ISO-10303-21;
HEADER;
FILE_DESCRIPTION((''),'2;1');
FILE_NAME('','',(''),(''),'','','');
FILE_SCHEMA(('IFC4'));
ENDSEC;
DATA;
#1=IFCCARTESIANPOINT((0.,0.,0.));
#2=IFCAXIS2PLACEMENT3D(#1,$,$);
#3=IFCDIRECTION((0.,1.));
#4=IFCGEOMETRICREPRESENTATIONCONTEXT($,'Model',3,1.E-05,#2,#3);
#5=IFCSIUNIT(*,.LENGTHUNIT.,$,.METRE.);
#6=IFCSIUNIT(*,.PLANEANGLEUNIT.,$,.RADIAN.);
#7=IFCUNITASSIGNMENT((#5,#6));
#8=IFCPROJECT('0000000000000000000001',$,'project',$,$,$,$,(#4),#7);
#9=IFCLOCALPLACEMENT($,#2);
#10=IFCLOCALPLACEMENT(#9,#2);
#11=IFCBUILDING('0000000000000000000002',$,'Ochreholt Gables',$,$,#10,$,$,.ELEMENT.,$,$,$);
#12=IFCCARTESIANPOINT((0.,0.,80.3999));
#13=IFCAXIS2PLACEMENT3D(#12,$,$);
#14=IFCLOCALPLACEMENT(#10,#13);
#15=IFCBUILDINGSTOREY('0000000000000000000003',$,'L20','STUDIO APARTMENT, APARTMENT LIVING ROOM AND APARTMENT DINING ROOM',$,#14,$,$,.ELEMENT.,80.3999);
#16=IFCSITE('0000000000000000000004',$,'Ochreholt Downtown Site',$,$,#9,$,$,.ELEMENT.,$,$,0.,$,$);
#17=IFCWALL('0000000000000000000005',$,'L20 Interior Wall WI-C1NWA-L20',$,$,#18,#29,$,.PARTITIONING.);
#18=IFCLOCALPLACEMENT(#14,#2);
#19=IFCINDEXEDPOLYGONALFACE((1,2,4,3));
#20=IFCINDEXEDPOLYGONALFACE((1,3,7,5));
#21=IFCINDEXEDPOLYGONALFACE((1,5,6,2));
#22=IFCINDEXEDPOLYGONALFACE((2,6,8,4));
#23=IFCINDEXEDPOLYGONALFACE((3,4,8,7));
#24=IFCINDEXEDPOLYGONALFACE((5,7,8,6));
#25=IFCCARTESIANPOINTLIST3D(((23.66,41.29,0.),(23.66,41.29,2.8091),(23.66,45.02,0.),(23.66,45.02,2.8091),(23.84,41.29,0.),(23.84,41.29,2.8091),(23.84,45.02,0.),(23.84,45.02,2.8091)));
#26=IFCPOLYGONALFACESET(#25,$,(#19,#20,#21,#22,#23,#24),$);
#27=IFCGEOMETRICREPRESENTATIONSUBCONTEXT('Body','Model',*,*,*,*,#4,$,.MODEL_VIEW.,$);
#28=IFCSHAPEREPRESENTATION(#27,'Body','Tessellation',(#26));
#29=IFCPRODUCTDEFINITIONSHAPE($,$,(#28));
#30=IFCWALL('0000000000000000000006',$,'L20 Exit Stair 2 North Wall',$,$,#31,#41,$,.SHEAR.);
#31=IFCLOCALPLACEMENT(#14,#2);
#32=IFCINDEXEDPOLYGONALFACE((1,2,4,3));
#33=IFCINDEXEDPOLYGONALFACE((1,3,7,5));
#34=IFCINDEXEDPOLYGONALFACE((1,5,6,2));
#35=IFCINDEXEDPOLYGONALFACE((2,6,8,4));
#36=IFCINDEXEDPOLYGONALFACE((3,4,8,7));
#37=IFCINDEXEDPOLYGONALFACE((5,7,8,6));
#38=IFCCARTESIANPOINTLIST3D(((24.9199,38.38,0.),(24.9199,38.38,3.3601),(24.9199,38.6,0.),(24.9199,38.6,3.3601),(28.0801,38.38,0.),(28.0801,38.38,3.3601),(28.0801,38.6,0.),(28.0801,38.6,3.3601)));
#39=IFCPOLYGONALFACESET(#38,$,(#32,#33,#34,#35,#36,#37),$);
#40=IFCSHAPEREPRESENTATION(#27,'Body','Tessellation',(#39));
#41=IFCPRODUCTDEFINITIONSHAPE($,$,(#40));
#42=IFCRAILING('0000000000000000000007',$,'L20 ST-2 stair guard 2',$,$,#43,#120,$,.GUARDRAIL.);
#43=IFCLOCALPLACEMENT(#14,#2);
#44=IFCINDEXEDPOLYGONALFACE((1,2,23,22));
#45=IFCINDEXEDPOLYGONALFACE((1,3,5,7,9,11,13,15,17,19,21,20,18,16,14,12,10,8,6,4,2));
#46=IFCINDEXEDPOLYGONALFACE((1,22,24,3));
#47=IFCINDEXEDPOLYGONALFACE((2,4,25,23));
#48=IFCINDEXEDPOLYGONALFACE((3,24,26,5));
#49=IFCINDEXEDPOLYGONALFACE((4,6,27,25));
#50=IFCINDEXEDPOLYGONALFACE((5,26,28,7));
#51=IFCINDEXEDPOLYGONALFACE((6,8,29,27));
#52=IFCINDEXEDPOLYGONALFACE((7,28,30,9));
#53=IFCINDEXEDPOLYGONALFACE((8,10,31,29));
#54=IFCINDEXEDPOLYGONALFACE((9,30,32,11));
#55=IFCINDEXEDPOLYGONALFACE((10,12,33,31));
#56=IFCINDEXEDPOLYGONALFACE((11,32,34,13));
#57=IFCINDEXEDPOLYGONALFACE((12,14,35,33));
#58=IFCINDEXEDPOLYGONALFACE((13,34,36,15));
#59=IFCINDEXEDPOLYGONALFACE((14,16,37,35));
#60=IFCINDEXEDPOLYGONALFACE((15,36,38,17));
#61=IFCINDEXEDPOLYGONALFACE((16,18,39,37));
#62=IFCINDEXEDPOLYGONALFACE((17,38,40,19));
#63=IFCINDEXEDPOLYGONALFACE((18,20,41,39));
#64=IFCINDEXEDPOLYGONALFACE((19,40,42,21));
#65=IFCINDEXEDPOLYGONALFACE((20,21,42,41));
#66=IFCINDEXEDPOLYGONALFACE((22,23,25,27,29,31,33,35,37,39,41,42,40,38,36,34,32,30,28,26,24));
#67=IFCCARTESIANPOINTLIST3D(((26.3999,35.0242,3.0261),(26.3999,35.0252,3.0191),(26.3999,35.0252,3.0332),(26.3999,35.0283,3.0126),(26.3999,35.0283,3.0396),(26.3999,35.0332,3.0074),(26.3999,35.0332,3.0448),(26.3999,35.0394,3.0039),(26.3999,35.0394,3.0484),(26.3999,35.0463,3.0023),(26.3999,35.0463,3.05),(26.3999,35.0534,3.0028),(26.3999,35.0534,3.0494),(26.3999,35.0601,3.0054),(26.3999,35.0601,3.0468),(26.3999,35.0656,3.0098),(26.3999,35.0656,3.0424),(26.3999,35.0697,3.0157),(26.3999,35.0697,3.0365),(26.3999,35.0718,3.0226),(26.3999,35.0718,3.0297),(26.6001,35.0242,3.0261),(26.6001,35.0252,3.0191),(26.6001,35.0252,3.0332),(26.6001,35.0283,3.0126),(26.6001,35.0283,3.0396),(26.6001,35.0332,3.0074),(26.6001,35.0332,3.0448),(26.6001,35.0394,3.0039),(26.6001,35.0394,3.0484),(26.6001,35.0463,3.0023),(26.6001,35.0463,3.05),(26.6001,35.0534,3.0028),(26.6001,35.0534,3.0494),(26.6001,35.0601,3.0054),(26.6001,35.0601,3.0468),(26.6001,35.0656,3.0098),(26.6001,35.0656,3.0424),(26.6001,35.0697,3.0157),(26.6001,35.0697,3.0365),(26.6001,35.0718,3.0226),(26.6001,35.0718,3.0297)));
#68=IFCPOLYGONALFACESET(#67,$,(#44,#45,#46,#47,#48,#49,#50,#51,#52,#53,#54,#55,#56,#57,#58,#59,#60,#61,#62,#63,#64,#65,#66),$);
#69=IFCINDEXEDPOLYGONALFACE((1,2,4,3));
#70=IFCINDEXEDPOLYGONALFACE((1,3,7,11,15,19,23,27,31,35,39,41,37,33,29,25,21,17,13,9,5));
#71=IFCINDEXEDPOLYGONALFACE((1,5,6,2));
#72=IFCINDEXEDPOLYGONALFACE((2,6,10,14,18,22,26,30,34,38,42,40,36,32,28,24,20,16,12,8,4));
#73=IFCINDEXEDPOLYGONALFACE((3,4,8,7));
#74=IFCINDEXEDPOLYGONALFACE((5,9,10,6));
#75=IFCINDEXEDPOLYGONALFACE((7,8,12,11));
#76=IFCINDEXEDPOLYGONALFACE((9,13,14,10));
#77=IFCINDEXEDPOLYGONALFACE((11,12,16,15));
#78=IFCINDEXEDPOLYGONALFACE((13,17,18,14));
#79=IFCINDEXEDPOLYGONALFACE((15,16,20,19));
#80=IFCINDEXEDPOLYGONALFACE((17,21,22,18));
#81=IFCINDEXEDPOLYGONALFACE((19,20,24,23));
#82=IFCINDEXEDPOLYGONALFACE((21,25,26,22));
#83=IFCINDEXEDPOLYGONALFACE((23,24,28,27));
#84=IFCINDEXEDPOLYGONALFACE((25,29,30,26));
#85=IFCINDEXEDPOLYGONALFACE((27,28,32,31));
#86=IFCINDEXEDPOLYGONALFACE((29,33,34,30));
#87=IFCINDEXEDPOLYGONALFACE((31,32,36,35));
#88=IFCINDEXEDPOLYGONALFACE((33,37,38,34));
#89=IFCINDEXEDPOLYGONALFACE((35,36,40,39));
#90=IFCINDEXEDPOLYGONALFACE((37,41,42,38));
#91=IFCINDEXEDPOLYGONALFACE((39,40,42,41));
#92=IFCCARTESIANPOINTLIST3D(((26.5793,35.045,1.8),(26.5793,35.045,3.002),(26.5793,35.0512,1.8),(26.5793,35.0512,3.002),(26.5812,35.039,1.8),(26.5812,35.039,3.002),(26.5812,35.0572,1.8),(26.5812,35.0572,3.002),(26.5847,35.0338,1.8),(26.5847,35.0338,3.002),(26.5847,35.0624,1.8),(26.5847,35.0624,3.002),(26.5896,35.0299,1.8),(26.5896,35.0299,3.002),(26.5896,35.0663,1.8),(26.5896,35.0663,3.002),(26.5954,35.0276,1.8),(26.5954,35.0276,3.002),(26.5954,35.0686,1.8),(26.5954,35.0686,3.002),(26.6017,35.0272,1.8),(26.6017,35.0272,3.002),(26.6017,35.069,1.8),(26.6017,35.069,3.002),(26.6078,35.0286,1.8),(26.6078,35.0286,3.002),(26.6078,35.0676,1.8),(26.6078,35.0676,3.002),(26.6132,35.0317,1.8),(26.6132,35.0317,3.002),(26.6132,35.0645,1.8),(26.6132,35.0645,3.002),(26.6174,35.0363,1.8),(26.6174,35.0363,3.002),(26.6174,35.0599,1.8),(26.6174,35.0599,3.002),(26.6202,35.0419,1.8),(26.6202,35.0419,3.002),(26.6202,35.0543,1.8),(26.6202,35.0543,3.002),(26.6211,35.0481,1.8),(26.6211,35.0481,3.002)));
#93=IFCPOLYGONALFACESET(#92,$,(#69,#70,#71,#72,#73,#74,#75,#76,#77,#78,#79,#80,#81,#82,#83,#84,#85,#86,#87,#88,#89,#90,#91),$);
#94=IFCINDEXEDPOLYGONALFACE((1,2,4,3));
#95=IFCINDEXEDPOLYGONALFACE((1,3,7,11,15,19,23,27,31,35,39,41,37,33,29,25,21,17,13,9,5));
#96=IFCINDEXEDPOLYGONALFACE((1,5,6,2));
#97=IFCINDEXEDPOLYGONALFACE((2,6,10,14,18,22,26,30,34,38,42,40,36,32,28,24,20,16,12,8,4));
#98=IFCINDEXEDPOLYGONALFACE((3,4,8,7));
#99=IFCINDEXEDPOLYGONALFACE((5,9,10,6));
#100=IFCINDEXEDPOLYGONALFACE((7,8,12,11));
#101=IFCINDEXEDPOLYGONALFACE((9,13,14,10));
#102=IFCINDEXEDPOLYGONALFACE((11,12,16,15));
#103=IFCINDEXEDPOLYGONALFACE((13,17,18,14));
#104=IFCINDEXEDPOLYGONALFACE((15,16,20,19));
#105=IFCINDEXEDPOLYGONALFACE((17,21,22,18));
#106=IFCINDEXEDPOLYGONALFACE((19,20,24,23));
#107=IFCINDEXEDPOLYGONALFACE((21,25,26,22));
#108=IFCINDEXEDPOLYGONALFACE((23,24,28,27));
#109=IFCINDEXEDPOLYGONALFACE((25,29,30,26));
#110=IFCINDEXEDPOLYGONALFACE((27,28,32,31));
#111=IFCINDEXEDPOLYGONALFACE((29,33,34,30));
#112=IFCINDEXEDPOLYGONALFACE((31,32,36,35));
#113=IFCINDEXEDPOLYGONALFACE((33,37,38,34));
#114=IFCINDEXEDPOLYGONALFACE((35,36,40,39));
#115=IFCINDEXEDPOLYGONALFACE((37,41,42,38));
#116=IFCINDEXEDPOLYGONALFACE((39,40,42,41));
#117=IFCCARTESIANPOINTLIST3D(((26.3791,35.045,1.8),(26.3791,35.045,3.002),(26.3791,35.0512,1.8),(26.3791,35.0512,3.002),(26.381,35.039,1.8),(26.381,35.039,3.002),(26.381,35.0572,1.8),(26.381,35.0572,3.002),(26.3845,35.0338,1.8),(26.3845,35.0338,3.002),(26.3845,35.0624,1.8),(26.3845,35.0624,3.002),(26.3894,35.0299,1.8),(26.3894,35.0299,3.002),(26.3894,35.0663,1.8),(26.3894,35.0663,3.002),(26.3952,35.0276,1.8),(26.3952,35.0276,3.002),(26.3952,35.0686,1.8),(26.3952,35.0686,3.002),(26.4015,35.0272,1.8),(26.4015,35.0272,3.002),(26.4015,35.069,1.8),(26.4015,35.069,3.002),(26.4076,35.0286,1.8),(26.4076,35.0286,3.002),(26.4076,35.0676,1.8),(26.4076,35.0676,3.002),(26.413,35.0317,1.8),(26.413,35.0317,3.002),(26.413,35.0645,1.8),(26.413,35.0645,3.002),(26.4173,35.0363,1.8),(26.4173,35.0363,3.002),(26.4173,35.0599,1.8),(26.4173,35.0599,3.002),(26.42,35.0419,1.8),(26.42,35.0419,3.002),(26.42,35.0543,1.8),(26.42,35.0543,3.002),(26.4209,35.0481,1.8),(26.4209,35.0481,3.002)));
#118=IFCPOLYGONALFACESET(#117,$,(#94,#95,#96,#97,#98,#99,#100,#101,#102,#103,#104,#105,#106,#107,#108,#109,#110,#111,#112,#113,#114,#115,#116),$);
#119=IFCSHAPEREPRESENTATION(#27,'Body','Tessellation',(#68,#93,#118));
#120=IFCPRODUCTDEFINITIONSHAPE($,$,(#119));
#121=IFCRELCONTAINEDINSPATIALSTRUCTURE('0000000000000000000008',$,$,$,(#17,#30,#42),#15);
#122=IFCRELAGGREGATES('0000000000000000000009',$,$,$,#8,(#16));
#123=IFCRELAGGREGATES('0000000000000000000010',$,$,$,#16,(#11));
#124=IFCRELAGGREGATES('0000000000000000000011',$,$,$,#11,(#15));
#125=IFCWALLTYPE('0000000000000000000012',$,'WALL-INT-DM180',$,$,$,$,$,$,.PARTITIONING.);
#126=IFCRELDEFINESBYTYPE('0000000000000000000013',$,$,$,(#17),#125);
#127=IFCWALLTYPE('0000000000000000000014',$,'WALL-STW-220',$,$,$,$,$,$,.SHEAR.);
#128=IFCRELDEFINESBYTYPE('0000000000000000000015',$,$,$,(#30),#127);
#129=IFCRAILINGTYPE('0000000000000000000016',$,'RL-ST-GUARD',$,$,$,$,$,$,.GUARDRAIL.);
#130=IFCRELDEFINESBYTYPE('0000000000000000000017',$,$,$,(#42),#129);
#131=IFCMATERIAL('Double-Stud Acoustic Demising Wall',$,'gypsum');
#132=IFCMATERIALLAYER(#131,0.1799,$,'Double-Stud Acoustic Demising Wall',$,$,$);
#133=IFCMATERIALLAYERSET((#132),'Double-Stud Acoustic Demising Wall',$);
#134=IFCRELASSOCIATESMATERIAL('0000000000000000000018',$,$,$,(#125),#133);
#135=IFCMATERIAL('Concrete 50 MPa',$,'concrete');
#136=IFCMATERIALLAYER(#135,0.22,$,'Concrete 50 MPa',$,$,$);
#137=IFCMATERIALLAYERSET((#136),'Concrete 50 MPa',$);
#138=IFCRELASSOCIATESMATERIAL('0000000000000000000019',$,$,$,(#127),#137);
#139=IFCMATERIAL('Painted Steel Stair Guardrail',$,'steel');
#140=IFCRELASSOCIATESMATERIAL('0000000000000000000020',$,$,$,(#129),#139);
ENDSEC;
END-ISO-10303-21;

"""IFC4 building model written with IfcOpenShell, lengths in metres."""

from ifc_helpers import new_model, si_unit, direction, frame, frame_2d, origin, origin_2d, place, context, subcontext, project, spatial, rectangle, circle, extrude, material, layer, layer_set, type_object, element, save


model = new_model("IFC4")

# Units and contexts
model_context = context("Model", 3, precision=1e-05, world=origin(), true_north=direction((0.0, 1.0)))
body_context = subcontext(model_context, "Body", "Model", "MODEL_VIEW")
ifc_project = project(units=[si_unit("LENGTHUNIT", "METRE"), si_unit("PLANEANGLEUNIT", "RADIAN")], contexts=[model_context])

# Site, building, storey
site_placement = place(None, origin())
site = spatial("IfcSite", under=ifc_project, at=site_placement, Name="Ochreholt Downtown Site", CompositionType="ELEMENT", RefElevation=0.0)
building_placement = place(site_placement, origin())
building = spatial("IfcBuilding", under=site, at=building_placement, Name="Ochreholt Gables", CompositionType="ELEMENT")
storey_placement = place(building_placement, frame((0.0, 0.0, 80.3999)))
storey = spatial("IfcBuildingStorey", under=building, at=storey_placement, Name="L20", Description="STUDIO APARTMENT, APARTMENT LIVING ROOM AND APARTMENT DINING ROOM", CompositionType="ELEMENT", Elevation=80.3999)

# Walls
ifc_material_1 = material(Name="Double-Stud Acoustic Demising Wall", Category="gypsum")
ifc_layer_1 = layer(ifc_material_1, 0.1799, Name="Double-Stud Acoustic Demising Wall")
ifc_layer_set_1 = layer_set([ifc_layer_1], Name="Double-Stud Acoustic Demising Wall")
wall_type_1 = type_object("IfcWallType", Name="WALL-INT-DM180", PredefinedType="PARTITIONING", material=ifc_layer_set_1)
wall_1_placement = place(storey_placement, frame((23.75, 41.29, 0.0), z_axis=(0.0, 0.0, 1.0), x_axis=(0.0, 1.0, 0.0)))
element("IfcWall", 1, at=wall_1_placement, inside=storey, type_object=wall_type_1, Name="L20 Interior Wall WI-C1NWA-L20", PredefinedType="PARTITIONING", context=body_context, shape_type="SweptSolid", body=[
    extrude(rectangle(XDim=3.73, YDim=0.1799, at=frame_2d((1.865, 0.0))), origin(), (0.0, 0.0, 1.0), 2.8091),
])
ifc_material_2 = material(Name="Concrete 50 MPa", Category="concrete")
ifc_layer_2 = layer(ifc_material_2, 0.22, Name="Concrete 50 MPa")
ifc_layer_set_2 = layer_set([ifc_layer_2], Name="Concrete 50 MPa")
wall_type_2 = type_object("IfcWallType", Name="WALL-STW-220", PredefinedType="SHEAR", material=ifc_layer_set_2)
wall_2_placement = place(storey_placement, frame((24.9199, 38.49, 0.0), z_axis=(0.0, 0.0, 1.0), x_axis=(1.0, 0.0, 0.0)))
element("IfcWall", 2, at=wall_2_placement, inside=storey, type_object=wall_type_2, Name="L20 Exit Stair 2 North Wall", PredefinedType="SHEAR", context=body_context, shape_type="SweptSolid", body=[
    extrude(rectangle(XDim=3.1602, YDim=0.22, at=frame_2d((1.5801, 0.0))), origin(), (0.0, 0.0, 1.0), 3.3601),
])

# Railing
ifc_material_3 = material(Name="Painted Steel Stair Guardrail", Category="steel")
railing_type = type_object("IfcRailingType", Name="RL-ST-GUARD", PredefinedType="GUARDRAIL", material=ifc_material_3)
railing_placement = place(storey_placement, frame((26.6001, 35.0481, 1.8)))
element("IfcRailing", 3, at=railing_placement, inside=storey, type_object=railing_type, Name="L20 ST-2 stair guard 2", PredefinedType="GUARDRAIL", context=body_context, shape_type="SweptSolid", body=[
    extrude(circle(Radius=0.0239, at=origin_2d()), frame((0.0, 0.0, 1.2261), z_axis=(-1.0, 0.0, 0.0), x_axis=(0.0, -1.0, 0.0)), (0.0, 0.0, 1.0), 0.2002),
    extrude(circle(Radius=0.021, at=origin_2d()), origin(), (0.0, 0.0, 1.0), 1.2019),
    extrude(circle(Radius=0.021, at=origin_2d()), frame((-0.2002, 0.0, 0.0)), (0.0, 0.0, 1.0), 1.2019),
])

save(model, "model.ifc")
